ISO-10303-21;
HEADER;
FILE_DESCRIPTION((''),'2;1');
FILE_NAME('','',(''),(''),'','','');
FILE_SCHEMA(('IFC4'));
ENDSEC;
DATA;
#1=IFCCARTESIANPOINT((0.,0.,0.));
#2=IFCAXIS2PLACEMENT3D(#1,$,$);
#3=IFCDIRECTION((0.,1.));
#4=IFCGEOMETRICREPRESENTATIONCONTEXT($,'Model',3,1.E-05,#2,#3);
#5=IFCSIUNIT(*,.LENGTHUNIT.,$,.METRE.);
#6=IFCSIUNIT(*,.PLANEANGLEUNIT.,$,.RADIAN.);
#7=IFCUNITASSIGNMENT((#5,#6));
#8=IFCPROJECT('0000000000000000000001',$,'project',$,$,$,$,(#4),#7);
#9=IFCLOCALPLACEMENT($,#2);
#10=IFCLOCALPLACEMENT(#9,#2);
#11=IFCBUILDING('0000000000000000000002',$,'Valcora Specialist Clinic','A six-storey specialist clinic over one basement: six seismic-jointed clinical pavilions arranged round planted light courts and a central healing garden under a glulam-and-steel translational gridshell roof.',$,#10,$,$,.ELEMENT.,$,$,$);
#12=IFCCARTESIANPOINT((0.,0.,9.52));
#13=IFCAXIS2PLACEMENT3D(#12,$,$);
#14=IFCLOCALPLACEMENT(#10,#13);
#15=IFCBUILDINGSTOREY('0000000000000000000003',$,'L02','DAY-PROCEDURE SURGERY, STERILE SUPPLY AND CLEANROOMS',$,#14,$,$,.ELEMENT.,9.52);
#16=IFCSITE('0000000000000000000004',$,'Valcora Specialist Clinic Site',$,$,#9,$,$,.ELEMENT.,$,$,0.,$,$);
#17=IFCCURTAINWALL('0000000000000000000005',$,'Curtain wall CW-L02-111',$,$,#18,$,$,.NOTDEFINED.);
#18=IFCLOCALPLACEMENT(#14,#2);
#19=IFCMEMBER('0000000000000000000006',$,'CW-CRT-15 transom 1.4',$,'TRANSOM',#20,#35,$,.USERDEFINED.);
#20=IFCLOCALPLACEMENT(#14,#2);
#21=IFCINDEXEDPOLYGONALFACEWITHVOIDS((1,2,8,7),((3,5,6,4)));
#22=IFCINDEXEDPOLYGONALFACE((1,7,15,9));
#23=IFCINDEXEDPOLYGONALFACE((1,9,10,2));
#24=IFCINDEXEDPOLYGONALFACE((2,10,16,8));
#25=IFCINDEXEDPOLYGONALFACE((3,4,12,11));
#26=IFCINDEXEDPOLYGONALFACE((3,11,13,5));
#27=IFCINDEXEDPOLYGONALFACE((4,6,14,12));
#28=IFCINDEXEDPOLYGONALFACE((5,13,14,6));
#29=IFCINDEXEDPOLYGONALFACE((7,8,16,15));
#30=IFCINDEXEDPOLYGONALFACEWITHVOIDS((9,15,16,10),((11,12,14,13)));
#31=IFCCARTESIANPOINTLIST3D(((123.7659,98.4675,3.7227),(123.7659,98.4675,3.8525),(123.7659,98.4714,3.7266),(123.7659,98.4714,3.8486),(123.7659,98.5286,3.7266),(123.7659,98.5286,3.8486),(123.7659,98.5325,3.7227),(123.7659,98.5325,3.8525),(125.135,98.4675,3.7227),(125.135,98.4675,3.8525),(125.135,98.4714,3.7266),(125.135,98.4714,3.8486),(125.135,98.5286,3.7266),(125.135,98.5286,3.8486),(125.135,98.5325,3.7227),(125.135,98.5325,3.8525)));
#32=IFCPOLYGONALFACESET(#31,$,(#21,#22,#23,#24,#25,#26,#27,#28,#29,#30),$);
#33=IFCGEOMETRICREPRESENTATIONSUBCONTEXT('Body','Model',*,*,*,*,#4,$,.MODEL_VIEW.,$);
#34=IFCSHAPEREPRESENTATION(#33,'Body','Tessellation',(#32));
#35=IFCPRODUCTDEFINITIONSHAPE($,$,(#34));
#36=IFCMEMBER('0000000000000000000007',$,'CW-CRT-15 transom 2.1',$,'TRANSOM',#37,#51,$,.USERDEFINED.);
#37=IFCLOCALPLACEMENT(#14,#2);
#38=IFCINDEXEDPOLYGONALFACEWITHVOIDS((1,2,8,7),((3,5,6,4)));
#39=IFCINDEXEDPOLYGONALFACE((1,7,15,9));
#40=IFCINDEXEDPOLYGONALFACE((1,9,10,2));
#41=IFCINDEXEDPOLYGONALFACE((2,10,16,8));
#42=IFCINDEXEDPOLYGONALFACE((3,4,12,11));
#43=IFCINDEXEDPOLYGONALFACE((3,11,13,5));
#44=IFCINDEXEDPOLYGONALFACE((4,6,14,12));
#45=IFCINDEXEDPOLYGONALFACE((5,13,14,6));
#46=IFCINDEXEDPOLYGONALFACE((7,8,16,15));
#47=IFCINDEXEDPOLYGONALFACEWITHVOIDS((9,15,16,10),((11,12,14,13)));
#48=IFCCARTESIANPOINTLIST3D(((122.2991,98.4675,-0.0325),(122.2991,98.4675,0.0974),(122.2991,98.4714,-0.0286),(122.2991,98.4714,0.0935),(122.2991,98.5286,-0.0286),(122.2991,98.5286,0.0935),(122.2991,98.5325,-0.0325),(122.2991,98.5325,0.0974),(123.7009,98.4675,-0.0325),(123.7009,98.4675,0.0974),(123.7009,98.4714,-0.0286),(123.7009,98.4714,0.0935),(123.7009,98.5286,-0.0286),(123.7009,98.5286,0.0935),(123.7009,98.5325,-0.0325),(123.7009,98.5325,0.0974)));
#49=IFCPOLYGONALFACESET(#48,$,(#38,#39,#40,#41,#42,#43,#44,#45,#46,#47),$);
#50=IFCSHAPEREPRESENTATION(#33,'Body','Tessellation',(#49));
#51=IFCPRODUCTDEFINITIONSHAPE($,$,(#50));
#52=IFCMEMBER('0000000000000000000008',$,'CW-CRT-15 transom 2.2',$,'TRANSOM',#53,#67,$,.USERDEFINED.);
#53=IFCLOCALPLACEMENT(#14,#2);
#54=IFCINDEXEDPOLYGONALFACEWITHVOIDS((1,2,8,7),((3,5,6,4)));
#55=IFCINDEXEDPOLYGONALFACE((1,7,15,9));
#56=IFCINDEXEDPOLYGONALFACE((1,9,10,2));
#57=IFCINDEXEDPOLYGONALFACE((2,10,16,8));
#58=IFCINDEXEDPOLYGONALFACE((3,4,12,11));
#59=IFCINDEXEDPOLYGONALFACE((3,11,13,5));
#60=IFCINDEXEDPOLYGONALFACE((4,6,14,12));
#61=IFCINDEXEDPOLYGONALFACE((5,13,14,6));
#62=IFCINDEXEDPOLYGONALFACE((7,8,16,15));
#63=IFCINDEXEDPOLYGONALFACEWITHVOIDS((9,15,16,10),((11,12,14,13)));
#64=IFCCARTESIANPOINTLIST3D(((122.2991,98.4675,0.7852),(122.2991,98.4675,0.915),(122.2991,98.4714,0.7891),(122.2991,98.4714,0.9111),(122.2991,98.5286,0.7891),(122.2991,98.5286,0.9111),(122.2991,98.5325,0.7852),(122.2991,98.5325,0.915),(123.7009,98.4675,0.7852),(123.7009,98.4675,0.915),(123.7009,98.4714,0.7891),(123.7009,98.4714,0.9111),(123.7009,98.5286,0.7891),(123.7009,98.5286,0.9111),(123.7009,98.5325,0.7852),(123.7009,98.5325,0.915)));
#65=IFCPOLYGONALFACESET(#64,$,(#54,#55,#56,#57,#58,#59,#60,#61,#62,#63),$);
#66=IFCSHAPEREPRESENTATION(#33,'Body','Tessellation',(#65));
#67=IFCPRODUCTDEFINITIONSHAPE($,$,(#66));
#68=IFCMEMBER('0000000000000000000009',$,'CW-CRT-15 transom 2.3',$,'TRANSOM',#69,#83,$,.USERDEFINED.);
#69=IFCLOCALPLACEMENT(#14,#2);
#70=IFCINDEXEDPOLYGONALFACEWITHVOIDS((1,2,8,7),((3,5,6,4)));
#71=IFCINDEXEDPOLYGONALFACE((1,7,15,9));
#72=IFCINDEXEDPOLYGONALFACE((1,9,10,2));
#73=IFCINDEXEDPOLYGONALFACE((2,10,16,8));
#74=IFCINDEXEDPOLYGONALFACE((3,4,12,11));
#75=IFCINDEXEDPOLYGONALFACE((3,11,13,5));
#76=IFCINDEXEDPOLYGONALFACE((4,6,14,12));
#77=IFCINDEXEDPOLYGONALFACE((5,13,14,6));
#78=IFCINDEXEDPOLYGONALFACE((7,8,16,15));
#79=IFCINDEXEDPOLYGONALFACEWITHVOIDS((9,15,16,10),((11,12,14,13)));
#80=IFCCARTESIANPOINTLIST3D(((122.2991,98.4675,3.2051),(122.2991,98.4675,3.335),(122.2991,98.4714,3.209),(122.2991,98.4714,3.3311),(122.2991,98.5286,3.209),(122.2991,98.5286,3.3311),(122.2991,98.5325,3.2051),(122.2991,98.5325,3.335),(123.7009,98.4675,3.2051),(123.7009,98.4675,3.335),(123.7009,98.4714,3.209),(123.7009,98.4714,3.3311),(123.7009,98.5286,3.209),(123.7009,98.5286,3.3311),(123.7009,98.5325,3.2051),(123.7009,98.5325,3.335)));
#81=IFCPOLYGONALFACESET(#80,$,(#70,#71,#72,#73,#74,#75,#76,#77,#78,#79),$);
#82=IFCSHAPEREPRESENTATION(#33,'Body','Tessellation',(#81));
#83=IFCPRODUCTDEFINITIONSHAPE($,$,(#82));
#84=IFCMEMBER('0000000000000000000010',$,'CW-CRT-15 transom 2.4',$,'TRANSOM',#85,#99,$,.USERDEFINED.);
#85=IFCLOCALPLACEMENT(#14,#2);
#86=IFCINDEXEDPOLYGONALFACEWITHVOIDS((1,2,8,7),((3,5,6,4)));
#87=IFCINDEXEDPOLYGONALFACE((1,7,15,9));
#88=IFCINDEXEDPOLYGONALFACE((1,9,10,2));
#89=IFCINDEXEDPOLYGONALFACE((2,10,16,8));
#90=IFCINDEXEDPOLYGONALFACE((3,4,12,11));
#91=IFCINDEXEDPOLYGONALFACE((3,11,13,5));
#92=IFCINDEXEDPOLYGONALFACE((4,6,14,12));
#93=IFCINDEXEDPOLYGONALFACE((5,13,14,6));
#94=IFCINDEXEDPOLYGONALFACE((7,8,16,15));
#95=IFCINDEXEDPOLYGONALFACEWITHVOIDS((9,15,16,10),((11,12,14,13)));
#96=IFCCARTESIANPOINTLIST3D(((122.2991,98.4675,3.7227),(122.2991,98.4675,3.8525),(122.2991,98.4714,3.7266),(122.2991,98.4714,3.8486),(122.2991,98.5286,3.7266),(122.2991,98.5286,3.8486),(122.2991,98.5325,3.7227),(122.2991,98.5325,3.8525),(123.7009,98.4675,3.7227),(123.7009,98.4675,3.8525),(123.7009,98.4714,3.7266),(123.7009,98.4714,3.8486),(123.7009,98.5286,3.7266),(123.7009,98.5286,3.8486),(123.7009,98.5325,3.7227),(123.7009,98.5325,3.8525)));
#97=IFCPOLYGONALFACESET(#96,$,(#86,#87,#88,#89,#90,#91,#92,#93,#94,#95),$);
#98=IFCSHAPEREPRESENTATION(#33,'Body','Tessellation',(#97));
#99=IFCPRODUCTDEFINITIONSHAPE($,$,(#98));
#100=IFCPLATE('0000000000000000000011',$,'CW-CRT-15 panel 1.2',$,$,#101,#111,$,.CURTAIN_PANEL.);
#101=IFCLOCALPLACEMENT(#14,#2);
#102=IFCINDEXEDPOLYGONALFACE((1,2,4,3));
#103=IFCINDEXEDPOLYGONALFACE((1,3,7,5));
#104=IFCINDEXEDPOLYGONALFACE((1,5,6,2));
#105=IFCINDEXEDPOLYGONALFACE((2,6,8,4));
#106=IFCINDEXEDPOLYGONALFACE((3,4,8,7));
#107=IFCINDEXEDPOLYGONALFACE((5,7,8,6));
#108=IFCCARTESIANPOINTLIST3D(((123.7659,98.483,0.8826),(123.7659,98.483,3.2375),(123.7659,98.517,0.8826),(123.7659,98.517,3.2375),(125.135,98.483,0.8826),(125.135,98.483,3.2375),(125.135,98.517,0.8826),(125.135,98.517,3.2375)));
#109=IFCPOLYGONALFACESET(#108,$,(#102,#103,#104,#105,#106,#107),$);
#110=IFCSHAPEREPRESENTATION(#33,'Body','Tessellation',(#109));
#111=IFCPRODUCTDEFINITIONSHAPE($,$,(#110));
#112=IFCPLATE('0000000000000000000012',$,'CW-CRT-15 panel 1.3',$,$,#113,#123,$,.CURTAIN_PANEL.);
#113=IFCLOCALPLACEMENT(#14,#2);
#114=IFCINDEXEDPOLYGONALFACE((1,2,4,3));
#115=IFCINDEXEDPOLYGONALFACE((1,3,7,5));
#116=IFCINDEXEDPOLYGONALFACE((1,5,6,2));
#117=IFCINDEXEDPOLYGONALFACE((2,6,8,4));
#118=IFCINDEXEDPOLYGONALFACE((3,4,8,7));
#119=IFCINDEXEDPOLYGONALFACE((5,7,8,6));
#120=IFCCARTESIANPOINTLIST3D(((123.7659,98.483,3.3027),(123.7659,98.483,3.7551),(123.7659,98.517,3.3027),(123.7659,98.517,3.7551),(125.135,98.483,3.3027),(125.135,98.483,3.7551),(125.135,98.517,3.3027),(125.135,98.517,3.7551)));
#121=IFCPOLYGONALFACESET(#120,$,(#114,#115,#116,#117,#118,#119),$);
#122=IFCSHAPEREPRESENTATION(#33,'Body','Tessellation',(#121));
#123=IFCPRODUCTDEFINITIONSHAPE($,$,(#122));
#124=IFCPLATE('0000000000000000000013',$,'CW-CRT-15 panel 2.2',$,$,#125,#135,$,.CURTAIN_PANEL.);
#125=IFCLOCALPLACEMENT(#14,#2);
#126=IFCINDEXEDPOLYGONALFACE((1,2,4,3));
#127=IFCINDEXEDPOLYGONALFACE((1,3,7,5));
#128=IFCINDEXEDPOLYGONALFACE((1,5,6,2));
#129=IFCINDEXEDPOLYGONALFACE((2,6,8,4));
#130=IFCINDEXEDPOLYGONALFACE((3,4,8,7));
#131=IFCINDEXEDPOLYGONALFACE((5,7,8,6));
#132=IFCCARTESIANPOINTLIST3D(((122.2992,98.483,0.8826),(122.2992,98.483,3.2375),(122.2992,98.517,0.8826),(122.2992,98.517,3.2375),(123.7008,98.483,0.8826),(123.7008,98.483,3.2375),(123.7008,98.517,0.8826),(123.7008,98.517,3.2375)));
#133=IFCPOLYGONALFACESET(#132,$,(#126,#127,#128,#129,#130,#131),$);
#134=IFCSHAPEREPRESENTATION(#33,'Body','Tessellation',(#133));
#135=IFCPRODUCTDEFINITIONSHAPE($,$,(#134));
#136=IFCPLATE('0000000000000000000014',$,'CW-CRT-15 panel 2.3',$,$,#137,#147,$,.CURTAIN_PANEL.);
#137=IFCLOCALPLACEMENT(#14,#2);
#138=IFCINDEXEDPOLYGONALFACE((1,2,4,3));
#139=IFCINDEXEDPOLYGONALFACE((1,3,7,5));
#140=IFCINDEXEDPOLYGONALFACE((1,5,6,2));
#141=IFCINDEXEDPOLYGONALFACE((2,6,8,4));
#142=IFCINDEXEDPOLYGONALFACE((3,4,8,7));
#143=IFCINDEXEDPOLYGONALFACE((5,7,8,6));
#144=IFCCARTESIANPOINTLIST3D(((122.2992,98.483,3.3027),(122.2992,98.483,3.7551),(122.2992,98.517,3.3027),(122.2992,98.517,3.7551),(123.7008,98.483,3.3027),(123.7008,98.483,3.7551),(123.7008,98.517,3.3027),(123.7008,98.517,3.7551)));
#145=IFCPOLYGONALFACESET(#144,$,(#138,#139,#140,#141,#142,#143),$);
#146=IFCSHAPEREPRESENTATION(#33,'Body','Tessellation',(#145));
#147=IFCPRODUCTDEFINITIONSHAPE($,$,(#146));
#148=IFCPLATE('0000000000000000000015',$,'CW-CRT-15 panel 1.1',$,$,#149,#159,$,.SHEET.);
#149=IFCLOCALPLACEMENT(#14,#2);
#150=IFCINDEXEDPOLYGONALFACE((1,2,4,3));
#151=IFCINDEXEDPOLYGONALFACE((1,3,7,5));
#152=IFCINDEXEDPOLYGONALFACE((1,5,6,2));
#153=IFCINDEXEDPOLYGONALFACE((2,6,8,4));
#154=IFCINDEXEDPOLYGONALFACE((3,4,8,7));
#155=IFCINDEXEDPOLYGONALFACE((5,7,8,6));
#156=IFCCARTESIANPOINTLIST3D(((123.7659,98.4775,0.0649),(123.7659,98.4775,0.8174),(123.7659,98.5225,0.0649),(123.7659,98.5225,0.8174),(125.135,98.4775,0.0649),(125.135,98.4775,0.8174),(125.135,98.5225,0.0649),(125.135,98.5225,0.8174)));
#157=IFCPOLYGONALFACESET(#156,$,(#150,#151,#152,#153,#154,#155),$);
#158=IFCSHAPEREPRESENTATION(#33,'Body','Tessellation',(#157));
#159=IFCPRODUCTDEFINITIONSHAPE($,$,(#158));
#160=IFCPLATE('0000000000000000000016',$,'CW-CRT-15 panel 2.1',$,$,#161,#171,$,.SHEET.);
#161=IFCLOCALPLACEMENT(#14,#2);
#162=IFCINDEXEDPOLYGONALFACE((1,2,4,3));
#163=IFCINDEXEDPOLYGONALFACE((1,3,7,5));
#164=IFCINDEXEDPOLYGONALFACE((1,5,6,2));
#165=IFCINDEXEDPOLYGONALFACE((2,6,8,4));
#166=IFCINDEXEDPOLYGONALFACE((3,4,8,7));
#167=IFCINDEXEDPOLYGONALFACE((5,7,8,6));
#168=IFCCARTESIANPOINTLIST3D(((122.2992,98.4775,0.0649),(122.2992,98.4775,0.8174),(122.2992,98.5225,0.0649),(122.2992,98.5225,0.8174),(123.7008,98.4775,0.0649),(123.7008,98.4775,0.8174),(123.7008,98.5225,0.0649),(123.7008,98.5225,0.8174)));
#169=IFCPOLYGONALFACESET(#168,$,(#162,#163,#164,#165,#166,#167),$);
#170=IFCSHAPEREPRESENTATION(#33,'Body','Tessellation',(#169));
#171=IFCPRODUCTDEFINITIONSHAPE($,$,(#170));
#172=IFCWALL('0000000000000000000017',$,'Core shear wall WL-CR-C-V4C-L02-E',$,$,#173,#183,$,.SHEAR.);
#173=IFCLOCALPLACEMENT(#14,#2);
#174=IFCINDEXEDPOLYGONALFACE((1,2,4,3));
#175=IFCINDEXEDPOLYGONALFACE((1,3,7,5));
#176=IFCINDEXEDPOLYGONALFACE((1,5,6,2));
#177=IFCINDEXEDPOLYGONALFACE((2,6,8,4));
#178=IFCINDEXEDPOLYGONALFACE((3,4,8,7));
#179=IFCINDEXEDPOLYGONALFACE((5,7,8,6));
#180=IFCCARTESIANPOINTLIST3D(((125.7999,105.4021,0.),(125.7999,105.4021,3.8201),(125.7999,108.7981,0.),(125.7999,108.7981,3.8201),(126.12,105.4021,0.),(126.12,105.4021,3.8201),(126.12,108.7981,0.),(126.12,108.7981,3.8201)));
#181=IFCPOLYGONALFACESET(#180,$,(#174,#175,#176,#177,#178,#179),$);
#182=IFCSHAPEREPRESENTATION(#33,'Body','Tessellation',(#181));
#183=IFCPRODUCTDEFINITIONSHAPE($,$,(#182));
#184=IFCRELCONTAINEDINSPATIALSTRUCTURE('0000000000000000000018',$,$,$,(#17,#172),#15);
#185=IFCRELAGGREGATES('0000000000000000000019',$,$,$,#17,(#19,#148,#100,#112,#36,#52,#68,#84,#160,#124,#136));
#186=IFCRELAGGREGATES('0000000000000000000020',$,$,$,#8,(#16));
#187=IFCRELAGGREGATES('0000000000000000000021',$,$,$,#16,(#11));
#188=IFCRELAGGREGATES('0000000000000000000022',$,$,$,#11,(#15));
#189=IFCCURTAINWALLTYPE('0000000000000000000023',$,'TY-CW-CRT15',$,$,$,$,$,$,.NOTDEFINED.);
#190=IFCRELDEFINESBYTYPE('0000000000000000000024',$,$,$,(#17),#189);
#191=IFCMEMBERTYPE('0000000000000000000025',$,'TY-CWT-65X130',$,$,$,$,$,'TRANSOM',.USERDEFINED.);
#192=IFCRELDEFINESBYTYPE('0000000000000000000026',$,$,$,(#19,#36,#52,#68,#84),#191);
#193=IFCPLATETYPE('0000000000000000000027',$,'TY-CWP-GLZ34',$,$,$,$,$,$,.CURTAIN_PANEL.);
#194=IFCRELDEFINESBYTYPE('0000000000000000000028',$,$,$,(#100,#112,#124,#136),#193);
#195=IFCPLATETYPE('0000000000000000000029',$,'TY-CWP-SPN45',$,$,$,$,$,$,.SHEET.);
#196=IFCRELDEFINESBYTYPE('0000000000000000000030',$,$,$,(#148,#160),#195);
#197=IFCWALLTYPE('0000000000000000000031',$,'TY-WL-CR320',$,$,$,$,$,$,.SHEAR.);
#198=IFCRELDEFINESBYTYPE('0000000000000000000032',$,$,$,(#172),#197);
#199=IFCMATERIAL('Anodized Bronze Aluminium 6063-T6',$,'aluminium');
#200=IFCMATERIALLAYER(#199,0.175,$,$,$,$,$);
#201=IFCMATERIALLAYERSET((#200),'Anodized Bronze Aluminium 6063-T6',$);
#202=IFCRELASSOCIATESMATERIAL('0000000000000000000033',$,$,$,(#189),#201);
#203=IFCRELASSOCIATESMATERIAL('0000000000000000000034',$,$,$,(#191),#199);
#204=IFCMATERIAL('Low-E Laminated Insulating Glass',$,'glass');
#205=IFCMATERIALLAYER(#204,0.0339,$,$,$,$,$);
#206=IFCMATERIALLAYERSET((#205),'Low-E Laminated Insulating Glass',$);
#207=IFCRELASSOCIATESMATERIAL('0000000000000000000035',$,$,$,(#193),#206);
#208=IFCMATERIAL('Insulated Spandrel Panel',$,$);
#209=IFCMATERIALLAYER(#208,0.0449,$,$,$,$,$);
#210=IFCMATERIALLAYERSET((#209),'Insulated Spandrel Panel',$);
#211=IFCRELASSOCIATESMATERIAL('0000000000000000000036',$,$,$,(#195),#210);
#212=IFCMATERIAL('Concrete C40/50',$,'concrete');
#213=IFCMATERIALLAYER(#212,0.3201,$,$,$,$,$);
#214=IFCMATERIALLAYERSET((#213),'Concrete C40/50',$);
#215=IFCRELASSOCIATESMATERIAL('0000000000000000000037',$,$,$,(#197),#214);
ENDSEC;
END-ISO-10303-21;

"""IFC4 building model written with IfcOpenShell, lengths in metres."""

from ifc_helpers import new_model, si_unit, direction, frame, frame_2d, origin, origin_2d, place, context, subcontext, project, spatial, rectangle, hollow_rectangle, extrude, material, layer, layer_set, material_profile, profile_set, type_object, element, aggregate, save


model = new_model("IFC4")

# Units and contexts
model_context = context("Model", 3, precision=1e-05, world=origin(), true_north=direction((0.0, 1.0)))
body_context = subcontext(model_context, "Body", "Model", "MODEL_VIEW")
ifc_project = project(units=[si_unit("LENGTHUNIT", "METRE"), si_unit("PLANEANGLEUNIT", "RADIAN")], contexts=[model_context])

# Site, building, storey
site_placement = place(None, origin())
site = spatial("IfcSite", under=ifc_project, at=site_placement, Name="Valcora Specialist Clinic Site", CompositionType="ELEMENT", RefElevation=0.0)
building_placement = place(site_placement, origin())
building = spatial("IfcBuilding", under=site, at=building_placement, Name="Valcora Specialist Clinic", Description="A six-storey specialist clinic over one basement: six seismic-jointed clinical pavilions arranged round planted light courts and a central healing garden under a glulam-and-steel translational gridshell roof.", CompositionType="ELEMENT")
storey_placement = place(building_placement, frame((0.0, 0.0, 9.52)))
storey = spatial("IfcBuildingStorey", under=building, at=storey_placement, Name="L02", Description="DAY-PROCEDURE SURGERY, STERILE SUPPLY AND CLEANROOMS", CompositionType="ELEMENT", Elevation=9.52)

# Shared definitions
ifc_material_1 = material(Name="Concrete C40/50", Category="concrete")

# Curtain wall, members, plates
ifc_material_2 = material(Name="Anodized Bronze Aluminium 6063-T6", Category="aluminium")
ifc_layer_1 = layer(ifc_material_2, 0.175)
ifc_layer_set_1 = layer_set([ifc_layer_1], Name="Anodized Bronze Aluminium 6063-T6")
curtain_wall_type = type_object("IfcCurtainWallType", Name="TY-CW-CRT15", PredefinedType="NOTDEFINED", material=ifc_layer_set_1)
curtain_wall_placement = place(storey_placement, origin())
curtain_wall = element("IfcCurtainWall", 1, at=curtain_wall_placement, inside=storey, type_object=curtain_wall_type, Name="Curtain wall CW-L02-111", PredefinedType="NOTDEFINED")
ifc_material_profile_1 = material_profile(ifc_material_2, hollow_rectangle(XDim=0.0649, YDim=0.1299, WallThickness=0.0039, at=origin_2d()), Name="AL-TRN-65X130")
ifc_profile_set_1 = profile_set([ifc_material_profile_1], Name="Anodized Bronze Aluminium 6063-T6")
member_type_1 = type_object("IfcMemberType", Name="TY-CWT-65X130", ElementType="TRANSOM", PredefinedType="USERDEFINED", material=ifc_profile_set_1)
member_1_placement = place(storey_placement, frame((125.135, 98.5, 3.7876), z_axis=(-1.0, 0.0, 0.0), x_axis=(0.0, -1.0, 0.0)))
member_1 = element("IfcMember", 2, at=member_1_placement, type_object=member_type_1, Name="CW-CRT-15 transom 1.4", ObjectType="TRANSOM", PredefinedType="USERDEFINED", context=body_context, shape_type="SweptSolid", body=[
    extrude(hollow_rectangle(XDim=0.0649, YDim=0.1299, WallThickness=0.0039, at=origin_2d()), origin(), (0.0, 0.0, 1.0), 1.3691),
])
member_2_placement = place(storey_placement, frame((123.7009, 98.5, 0.0325), z_axis=(-1.0, 0.0, 0.0), x_axis=(0.0, -1.0, 0.0)))
member_2 = element("IfcMember", 3, at=member_2_placement, type_object=member_type_1, Name="CW-CRT-15 transom 2.1", ObjectType="TRANSOM", PredefinedType="USERDEFINED", context=body_context, shape_type="SweptSolid", body=[
    extrude(hollow_rectangle(XDim=0.0649, YDim=0.1299, WallThickness=0.0039, at=origin_2d()), origin(), (0.0, 0.0, 1.0), 1.4019),
])
member_3_placement = place(storey_placement, frame((123.7009, 98.5, 0.8501), z_axis=(-1.0, 0.0, 0.0), x_axis=(0.0, -1.0, 0.0)))
member_3 = element("IfcMember", 4, at=member_3_placement, type_object=member_type_1, Name="CW-CRT-15 transom 2.2", ObjectType="TRANSOM", PredefinedType="USERDEFINED", context=body_context, shape_type="SweptSolid", body=[
    extrude(hollow_rectangle(XDim=0.0649, YDim=0.1299, WallThickness=0.0039, at=origin_2d()), origin(), (0.0, 0.0, 1.0), 1.4019),
])
member_4_placement = place(storey_placement, frame((123.7009, 98.5, 3.27), z_axis=(-1.0, 0.0, 0.0), x_axis=(0.0, -1.0, 0.0)))
member_4 = element("IfcMember", 5, at=member_4_placement, type_object=member_type_1, Name="CW-CRT-15 transom 2.3", ObjectType="TRANSOM", PredefinedType="USERDEFINED", context=body_context, shape_type="SweptSolid", body=[
    extrude(hollow_rectangle(XDim=0.0649, YDim=0.1299, WallThickness=0.0039, at=origin_2d()), origin(), (0.0, 0.0, 1.0), 1.4019),
])
member_5_placement = place(storey_placement, frame((123.7009, 98.5, 3.7876), z_axis=(-1.0, 0.0, 0.0), x_axis=(0.0, -1.0, 0.0)))
member_5 = element("IfcMember", 6, at=member_5_placement, type_object=member_type_1, Name="CW-CRT-15 transom 2.4", ObjectType="TRANSOM", PredefinedType="USERDEFINED", context=body_context, shape_type="SweptSolid", body=[
    extrude(hollow_rectangle(XDim=0.0649, YDim=0.1299, WallThickness=0.0039, at=origin_2d()), origin(), (0.0, 0.0, 1.0), 1.4019),
])
ifc_material_3 = material(Name="Low-E Laminated Insulating Glass", Category="glass")
ifc_layer_2 = layer(ifc_material_3, 0.0339)
ifc_layer_set_2 = layer_set([ifc_layer_2], Name="Low-E Laminated Insulating Glass")
plate_type_1 = type_object("IfcPlateType", Name="TY-CWP-GLZ34", PredefinedType="CURTAIN_PANEL", material=ifc_layer_set_2)
plate_1_placement = place(storey_placement, frame((124.4504, 98.5, 0.8826), z_axis=(0.0, 0.0, 1.0), x_axis=(-1.0, 0.0, 0.0)))
plate_1 = element("IfcPlate", 7, at=plate_1_placement, type_object=plate_type_1, Name="CW-CRT-15 panel 1.2", PredefinedType="CURTAIN_PANEL", context=body_context, shape_type="SweptSolid", body=[
    extrude(rectangle(XDim=1.3691, YDim=0.0339, at=origin_2d()), origin(), (0.0, 0.0, 1.0), 2.355),
])
plate_2_placement = place(storey_placement, frame((124.4504, 98.5, 3.3027), z_axis=(0.0, 0.0, 1.0), x_axis=(-1.0, 0.0, 0.0)))
plate_2 = element("IfcPlate", 8, at=plate_2_placement, type_object=plate_type_1, Name="CW-CRT-15 panel 1.3", PredefinedType="CURTAIN_PANEL", context=body_context, shape_type="SweptSolid", body=[
    extrude(rectangle(XDim=1.3691, YDim=0.0339, at=origin_2d()), origin(), (0.0, 0.0, 1.0), 0.4524),
])
plate_3_placement = place(storey_placement, frame((123.0, 98.5, 0.8826), z_axis=(0.0, 0.0, 1.0), x_axis=(-1.0, 0.0, 0.0)))
plate_3 = element("IfcPlate", 9, at=plate_3_placement, type_object=plate_type_1, Name="CW-CRT-15 panel 2.2", PredefinedType="CURTAIN_PANEL", context=body_context, shape_type="SweptSolid", body=[
    extrude(rectangle(XDim=1.4016, YDim=0.0339, at=origin_2d()), origin(), (0.0, 0.0, 1.0), 2.355),
])
plate_4_placement = place(storey_placement, frame((123.0, 98.5, 3.3027), z_axis=(0.0, 0.0, 1.0), x_axis=(-1.0, 0.0, 0.0)))
plate_4 = element("IfcPlate", 10, at=plate_4_placement, type_object=plate_type_1, Name="CW-CRT-15 panel 2.3", PredefinedType="CURTAIN_PANEL", context=body_context, shape_type="SweptSolid", body=[
    extrude(rectangle(XDim=1.4016, YDim=0.0339, at=origin_2d()), origin(), (0.0, 0.0, 1.0), 0.4524),
])
ifc_material_4 = material(Name="Insulated Spandrel Panel")
ifc_layer_3 = layer(ifc_material_4, 0.0449)
ifc_layer_set_3 = layer_set([ifc_layer_3], Name="Insulated Spandrel Panel")
plate_type_2 = type_object("IfcPlateType", Name="TY-CWP-SPN45", PredefinedType="SHEET", material=ifc_layer_set_3)
plate_5_placement = place(storey_placement, frame((124.4504, 98.5, 0.0649), z_axis=(0.0, 0.0, 1.0), x_axis=(-1.0, 0.0, 0.0)))
plate_5 = element("IfcPlate", 11, at=plate_5_placement, type_object=plate_type_2, Name="CW-CRT-15 panel 1.1", PredefinedType="SHEET", context=body_context, shape_type="SweptSolid", body=[
    extrude(rectangle(XDim=1.3691, YDim=0.0449, at=origin_2d()), origin(), (0.0, 0.0, 1.0), 0.7524),
])
plate_6_placement = place(storey_placement, frame((123.0, 98.5, 0.0649), z_axis=(0.0, 0.0, 1.0), x_axis=(-1.0, 0.0, 0.0)))
plate_6 = element("IfcPlate", 12, at=plate_6_placement, type_object=plate_type_2, Name="CW-CRT-15 panel 2.1", PredefinedType="SHEET", context=body_context, shape_type="SweptSolid", body=[
    extrude(rectangle(XDim=1.4016, YDim=0.0449, at=origin_2d()), origin(), (0.0, 0.0, 1.0), 0.7524),
])
aggregate(curtain_wall, [member_1, plate_5, plate_1, plate_2, member_2, member_3, member_4, member_5, plate_6, plate_3, plate_4])

# Wall
ifc_layer_4 = layer(ifc_material_1, 0.3201)
ifc_layer_set_4 = layer_set([ifc_layer_4], Name="Concrete C40/50")
wall_type_1 = type_object("IfcWallType", Name="TY-WL-CR320", PredefinedType="SHEAR", material=ifc_layer_set_4)
wall_1_placement = place(storey_placement, frame((125.96, 105.4021, 0.0), z_axis=(0.0, 0.0, 1.0), x_axis=(0.0, 1.0, 0.0)))
element("IfcWall", 13, at=wall_1_placement, inside=storey, type_object=wall_type_1, Name="Core shear wall WL-CR-C-V4C-L02-E", PredefinedType="SHEAR", context=body_context, shape_type="SweptSolid", body=[
    extrude(rectangle(XDim=3.396, YDim=0.3201, at=frame_2d((1.698, 0.0))), origin(), (0.0, 0.0, 1.0), 3.8201),
])

save(model, "model.ifc")
